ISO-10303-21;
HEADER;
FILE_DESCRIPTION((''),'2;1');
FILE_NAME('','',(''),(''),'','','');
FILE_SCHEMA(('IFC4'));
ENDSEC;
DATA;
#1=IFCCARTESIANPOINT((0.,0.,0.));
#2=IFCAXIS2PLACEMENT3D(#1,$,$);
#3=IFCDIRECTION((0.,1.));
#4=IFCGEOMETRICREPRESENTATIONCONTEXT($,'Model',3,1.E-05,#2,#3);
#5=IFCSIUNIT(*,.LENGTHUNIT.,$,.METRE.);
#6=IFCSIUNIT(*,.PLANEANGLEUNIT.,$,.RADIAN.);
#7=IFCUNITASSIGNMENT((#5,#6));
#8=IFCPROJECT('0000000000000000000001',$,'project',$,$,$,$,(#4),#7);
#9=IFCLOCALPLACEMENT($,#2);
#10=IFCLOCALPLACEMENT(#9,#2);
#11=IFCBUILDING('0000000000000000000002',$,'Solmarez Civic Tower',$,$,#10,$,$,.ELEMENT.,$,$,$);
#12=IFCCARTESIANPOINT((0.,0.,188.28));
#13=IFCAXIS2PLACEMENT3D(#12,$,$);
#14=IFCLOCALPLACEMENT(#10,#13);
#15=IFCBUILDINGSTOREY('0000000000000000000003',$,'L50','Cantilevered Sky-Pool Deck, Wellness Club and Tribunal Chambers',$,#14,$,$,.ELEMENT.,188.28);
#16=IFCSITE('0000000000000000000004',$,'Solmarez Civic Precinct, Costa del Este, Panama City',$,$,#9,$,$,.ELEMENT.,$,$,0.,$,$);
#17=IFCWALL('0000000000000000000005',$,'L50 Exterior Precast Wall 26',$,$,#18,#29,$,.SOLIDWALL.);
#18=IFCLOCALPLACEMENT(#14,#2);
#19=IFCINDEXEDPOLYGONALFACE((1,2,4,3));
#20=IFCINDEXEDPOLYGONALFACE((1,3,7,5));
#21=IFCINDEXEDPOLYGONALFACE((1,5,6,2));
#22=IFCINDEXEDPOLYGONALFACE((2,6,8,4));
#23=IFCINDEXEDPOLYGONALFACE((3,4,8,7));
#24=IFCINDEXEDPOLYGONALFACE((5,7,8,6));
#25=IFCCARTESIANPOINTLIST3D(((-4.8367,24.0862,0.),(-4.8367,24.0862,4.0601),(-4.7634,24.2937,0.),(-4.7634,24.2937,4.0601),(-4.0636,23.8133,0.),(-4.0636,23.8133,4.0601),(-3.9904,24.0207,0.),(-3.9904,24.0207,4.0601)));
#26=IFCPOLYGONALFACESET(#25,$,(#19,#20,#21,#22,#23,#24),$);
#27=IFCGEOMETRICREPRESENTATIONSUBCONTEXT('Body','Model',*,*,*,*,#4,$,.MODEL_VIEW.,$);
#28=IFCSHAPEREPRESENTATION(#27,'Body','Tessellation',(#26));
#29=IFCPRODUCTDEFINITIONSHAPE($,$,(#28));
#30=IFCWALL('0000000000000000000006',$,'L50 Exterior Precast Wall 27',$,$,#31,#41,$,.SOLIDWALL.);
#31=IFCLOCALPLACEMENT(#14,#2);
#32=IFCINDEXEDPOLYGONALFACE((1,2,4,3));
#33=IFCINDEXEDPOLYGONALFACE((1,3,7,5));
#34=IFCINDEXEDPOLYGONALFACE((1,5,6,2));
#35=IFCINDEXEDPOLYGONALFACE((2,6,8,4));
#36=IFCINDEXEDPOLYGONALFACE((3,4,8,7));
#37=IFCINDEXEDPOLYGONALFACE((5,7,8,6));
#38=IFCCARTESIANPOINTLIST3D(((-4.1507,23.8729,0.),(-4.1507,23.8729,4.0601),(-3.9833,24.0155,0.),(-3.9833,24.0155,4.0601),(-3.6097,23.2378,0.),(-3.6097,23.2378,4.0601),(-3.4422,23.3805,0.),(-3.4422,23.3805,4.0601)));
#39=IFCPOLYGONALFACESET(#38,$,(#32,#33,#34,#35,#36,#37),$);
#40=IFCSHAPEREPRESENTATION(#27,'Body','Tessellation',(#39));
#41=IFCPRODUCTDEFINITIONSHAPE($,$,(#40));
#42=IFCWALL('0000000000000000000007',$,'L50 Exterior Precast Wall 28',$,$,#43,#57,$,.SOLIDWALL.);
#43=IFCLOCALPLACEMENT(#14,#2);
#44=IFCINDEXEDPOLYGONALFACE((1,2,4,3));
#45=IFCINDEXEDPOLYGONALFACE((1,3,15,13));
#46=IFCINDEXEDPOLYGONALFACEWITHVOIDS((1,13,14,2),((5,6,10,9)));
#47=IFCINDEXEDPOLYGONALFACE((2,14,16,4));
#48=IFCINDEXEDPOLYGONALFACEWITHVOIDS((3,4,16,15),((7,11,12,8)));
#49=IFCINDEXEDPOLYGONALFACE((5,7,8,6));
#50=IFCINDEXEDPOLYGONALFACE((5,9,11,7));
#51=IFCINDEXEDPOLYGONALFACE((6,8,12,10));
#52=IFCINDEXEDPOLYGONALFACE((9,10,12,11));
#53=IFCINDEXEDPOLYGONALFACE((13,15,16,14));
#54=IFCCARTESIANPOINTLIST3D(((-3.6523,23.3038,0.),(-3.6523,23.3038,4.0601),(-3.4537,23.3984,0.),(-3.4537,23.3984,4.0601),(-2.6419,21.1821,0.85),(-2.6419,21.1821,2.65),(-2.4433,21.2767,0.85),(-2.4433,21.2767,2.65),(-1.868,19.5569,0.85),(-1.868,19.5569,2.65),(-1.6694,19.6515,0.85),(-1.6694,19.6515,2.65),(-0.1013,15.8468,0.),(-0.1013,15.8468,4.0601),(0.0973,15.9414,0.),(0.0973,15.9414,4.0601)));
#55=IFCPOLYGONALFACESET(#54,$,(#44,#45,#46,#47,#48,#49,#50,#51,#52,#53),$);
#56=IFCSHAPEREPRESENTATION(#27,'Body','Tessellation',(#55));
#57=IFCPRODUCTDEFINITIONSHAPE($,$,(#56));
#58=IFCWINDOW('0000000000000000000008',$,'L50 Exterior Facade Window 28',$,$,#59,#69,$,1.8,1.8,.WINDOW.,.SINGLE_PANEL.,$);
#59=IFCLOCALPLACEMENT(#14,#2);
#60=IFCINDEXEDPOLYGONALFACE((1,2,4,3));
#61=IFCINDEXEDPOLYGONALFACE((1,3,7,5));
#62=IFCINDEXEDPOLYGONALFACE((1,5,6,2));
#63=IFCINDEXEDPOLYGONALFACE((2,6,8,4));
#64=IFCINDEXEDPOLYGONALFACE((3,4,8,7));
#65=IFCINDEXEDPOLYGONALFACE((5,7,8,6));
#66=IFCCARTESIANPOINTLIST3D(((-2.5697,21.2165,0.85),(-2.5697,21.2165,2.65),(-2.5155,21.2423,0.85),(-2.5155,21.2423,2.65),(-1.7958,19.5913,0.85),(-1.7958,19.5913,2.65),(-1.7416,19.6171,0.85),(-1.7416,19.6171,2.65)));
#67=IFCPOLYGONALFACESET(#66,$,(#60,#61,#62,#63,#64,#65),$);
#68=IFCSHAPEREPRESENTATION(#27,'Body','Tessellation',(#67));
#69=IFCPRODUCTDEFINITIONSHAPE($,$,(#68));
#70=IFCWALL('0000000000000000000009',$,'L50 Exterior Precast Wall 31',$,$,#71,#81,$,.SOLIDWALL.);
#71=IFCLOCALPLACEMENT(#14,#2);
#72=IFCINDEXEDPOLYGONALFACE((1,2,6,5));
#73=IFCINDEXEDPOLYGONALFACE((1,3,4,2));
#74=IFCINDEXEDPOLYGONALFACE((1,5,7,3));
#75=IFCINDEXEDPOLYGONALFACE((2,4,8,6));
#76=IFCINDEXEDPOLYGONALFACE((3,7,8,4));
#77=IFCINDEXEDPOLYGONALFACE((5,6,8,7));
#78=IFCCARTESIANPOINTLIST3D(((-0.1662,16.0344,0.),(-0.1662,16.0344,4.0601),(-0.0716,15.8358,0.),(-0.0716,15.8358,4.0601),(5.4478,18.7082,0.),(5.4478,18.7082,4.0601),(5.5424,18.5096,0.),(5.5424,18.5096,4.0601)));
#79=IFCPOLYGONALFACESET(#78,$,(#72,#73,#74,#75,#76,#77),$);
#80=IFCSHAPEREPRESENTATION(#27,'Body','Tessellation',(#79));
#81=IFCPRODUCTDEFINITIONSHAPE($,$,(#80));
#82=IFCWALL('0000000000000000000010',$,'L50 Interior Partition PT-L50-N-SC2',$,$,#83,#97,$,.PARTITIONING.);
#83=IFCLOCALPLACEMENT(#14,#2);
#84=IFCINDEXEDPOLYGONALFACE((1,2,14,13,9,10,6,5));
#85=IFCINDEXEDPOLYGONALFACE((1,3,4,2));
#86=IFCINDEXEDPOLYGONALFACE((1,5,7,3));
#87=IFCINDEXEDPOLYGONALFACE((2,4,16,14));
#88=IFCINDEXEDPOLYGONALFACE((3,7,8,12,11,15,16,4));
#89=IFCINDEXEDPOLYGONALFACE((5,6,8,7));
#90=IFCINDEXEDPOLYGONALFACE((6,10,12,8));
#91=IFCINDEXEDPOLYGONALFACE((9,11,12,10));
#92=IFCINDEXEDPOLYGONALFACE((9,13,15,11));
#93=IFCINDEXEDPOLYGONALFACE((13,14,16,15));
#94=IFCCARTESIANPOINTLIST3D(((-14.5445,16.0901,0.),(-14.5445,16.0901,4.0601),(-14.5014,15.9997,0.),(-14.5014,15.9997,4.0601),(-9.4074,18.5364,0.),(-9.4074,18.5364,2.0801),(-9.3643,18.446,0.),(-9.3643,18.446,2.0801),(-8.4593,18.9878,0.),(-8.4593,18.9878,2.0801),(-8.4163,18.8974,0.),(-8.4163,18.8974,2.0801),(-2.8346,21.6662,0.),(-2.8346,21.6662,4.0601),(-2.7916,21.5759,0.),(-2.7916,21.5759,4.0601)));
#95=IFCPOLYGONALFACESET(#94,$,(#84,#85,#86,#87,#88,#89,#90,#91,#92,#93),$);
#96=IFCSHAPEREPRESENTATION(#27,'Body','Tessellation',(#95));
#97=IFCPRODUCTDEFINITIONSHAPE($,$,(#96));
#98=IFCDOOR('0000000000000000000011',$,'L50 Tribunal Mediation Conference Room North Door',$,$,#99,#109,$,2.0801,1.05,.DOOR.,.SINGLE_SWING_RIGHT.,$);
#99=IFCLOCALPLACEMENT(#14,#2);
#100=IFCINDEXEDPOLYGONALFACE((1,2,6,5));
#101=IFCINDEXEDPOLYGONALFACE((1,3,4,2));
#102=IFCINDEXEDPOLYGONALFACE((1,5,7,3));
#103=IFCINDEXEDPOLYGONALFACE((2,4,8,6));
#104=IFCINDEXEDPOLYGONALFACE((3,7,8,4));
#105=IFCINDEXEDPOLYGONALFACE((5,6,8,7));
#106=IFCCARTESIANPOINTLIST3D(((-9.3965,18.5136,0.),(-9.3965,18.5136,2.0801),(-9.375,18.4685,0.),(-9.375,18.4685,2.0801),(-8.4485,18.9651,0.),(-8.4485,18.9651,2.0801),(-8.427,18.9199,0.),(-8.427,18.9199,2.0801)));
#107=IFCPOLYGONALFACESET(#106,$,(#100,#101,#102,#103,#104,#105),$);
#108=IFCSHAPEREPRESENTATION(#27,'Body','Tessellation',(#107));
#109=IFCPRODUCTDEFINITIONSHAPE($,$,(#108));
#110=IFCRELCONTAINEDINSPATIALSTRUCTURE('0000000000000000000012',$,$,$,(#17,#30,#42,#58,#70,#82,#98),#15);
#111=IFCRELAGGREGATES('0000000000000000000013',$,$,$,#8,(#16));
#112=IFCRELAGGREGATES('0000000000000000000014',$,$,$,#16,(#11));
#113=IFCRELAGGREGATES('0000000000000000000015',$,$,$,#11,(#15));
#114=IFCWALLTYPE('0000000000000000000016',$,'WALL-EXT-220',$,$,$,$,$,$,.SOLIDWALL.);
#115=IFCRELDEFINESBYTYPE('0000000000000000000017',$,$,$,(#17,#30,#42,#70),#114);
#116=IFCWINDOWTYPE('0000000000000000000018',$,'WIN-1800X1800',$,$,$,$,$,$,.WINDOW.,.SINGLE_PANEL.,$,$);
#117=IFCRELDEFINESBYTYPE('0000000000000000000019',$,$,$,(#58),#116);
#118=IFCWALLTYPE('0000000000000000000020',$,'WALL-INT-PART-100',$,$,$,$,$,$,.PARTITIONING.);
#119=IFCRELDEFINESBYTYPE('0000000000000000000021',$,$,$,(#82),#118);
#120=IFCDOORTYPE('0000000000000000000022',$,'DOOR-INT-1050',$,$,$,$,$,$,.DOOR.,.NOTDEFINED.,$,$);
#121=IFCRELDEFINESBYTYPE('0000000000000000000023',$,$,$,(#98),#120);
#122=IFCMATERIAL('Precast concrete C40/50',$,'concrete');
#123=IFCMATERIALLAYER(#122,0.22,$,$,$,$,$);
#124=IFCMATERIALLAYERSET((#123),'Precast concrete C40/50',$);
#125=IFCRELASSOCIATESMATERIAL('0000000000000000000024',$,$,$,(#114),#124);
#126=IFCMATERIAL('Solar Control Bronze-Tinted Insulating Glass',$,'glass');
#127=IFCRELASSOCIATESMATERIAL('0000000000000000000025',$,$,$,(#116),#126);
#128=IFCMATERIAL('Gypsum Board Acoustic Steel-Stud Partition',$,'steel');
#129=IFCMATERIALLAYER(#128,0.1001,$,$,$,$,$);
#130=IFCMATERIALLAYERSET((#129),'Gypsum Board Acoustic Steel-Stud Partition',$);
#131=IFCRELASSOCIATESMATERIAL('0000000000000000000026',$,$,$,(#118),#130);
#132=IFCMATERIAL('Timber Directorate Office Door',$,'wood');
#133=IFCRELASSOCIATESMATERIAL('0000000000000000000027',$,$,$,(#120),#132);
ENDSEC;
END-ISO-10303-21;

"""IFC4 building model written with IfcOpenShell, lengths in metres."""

from ifc_helpers import new_model, si_unit, direction, frame, frame_2d, origin, place, context, subcontext, project, spatial, rectangle, extrude, material, layer, layer_set, type_object, element, fill, save


model = new_model("IFC4")

# Units and contexts
model_context = context("Model", 3, precision=1e-05, world=origin(), true_north=direction((0.0, 1.0)))
body_context = subcontext(model_context, "Body", "Model", "MODEL_VIEW")
ifc_project = project(units=[si_unit("LENGTHUNIT", "METRE"), si_unit("PLANEANGLEUNIT", "RADIAN")], contexts=[model_context])

# Site, building, storey
site_placement = place(None, origin())
site = spatial("IfcSite", under=ifc_project, at=site_placement, Name="Solmarez Civic Precinct, Costa del Este, Panama City", CompositionType="ELEMENT", RefElevation=0.0)
building_placement = place(site_placement, origin())
building = spatial("IfcBuilding", under=site, at=building_placement, Name="Solmarez Civic Tower", CompositionType="ELEMENT")
storey_placement = place(building_placement, frame((0.0, 0.0, 188.28)))
storey = spatial("IfcBuildingStorey", under=building, at=storey_placement, Name="L50", Description="Cantilevered Sky-Pool Deck, Wellness Club and Tribunal Chambers", CompositionType="ELEMENT", Elevation=188.28)

# Shared definitions
ifc_material_1 = material(Name="Precast concrete C40/50", Category="concrete")
ifc_layer_1 = layer(ifc_material_1, 0.22)
ifc_layer_set_1 = layer_set([ifc_layer_1], Name="Precast concrete C40/50")
wall_type_1 = type_object("IfcWallType", Name="WALL-EXT-220", PredefinedType="SOLIDWALL", material=ifc_layer_set_1)

# Shared definitions
ifc_material_2 = material(Name="Solar Control Bronze-Tinted Insulating Glass", Category="glass")

# Walls
wall_1_placement = place(storey_placement, frame((-4.8, 24.1899, 0.0), z_axis=(0.0, 0.0, 1.0), x_axis=(0.942935, -0.332976, 0.0)))
element("IfcWall", 1, at=wall_1_placement, inside=storey, type_object=wall_type_1, Name="L50 Exterior Precast Wall 26", PredefinedType="SOLIDWALL", context=body_context, shape_type="SweptSolid", body=[
    extrude(rectangle(XDim=0.8198, YDim=0.22, at=frame_2d((0.4099, 0.0))), origin(), (0.0, 0.0, 1.0), 4.0601),
])
wall_2_placement = place(storey_placement, frame((-4.0669, 23.9441, 0.0), z_axis=(0.0, 0.0, 1.0), x_axis=(0.648523, -0.761195, 0.0)))
element("IfcWall", 2, at=wall_2_placement, inside=storey, type_object=wall_type_1, Name="L50 Exterior Precast Wall 27", PredefinedType="SOLIDWALL", context=body_context, shape_type="SweptSolid", body=[
    extrude(rectangle(XDim=0.8342, YDim=0.22, at=frame_2d((0.417, 0.0))), origin(), (0.0, 0.0, 1.0), 4.0601),
])

# Wall, opening, window
wall_3_placement = place(storey_placement, frame((-3.553, 23.3511, 0.0), z_axis=(0.0, 0.0, 1.0), x_axis=(0.429939, -0.902858, 0.0)))
wall_3 = element("IfcWall", 3, at=wall_3_placement, inside=storey, type_object=wall_type_1, Name="L50 Exterior Precast Wall 28", PredefinedType="SOLIDWALL", context=body_context, shape_type="SweptSolid", body=[
    extrude(rectangle(XDim=8.2593, YDim=0.22, at=frame_2d((4.1296, 0.0))), origin(), (0.0, 0.0, 1.0), 4.0601),
])
opening_1_placement = place(wall_3_placement, frame((2.3501, 0.0, 0.8501)))
opening_1 = element("IfcOpeningElement", 4, at=opening_1_placement, cuts=wall_3, PredefinedType="OPENING", context=body_context, shape_type="SweptSolid", body=[
    extrude(rectangle(XDim=1.8, YDim=1.8, at=frame_2d((0.8999, 0.8999))), frame((0.0, 0.1199, 0.0), z_axis=(0.0, -1.0, 0.0), x_axis=(1.0, 0.0, 0.0)), (0.0, 0.0, 1.0), 0.24),
])
window_type_1 = type_object("IfcWindowType", Name="WIN-1800X1800", PartitioningType="SINGLE_PANEL", PredefinedType="WINDOW", material=ifc_material_2)
window_1_placement = place(opening_1_placement, origin())
window_1 = element("IfcWindow", 5, at=window_1_placement, inside=storey, type_object=window_type_1, Name="L50 Exterior Facade Window 28", OverallHeight=1.8, OverallWidth=1.8, PartitioningType="SINGLE_PANEL", PredefinedType="WINDOW", context=body_context, shape_type="SweptSolid", body=[
    extrude(rectangle(XDim=1.8, YDim=1.8, at=frame_2d((0.8999, 0.8999))), frame((0.0, 0.03, 0.0), z_axis=(0.0, -1.0, 0.0), x_axis=(1.0, 0.0, 0.0)), (0.0, 0.0, 1.0), 0.0601),
])
fill(opening_1, window_1)

# Wall
wall_4_placement = place(storey_placement, frame((-0.1189, 15.9351, 0.0), z_axis=(0.0, 0.0, 1.0), x_axis=(0.90283, 0.429998, 0.0)))
element("IfcWall", 6, at=wall_4_placement, inside=storey, type_object=wall_type_1, Name="L50 Exterior Precast Wall 31", PredefinedType="SOLIDWALL", context=body_context, shape_type="SweptSolid", body=[
    extrude(rectangle(XDim=6.2183, YDim=0.22, at=frame_2d((3.1091, 0.0))), origin(), (0.0, 0.0, 1.0), 4.0601),
])

# Wall, opening, door
ifc_material_3 = material(Name="Gypsum Board Acoustic Steel-Stud Partition", Category="steel")
ifc_layer_2 = layer(ifc_material_3, 0.1001)
ifc_layer_set_2 = layer_set([ifc_layer_2], Name="Gypsum Board Acoustic Steel-Stud Partition")
wall_type_2 = type_object("IfcWallType", Name="WALL-INT-PART-100", PredefinedType="PARTITIONING", material=ifc_layer_set_2)
wall_5_placement = place(storey_placement, frame((-14.5229, 16.0449, 0.0), z_axis=(0.0, 0.0, 1.0), x_axis=(0.902861, 0.429934, 0.0)))
wall_5 = element("IfcWall", 7, at=wall_5_placement, inside=storey, type_object=wall_type_2, Name="L50 Interior Partition PT-L50-N-SC2", PredefinedType="PARTITIONING", context=body_context, shape_type="SweptSolid", body=[
    extrude(rectangle(XDim=12.9697, YDim=0.1001, at=frame_2d((6.4849, 0.0))), origin(), (0.0, 0.0, 1.0), 4.0601),
])
opening_2_placement = place(wall_5_placement, frame((5.6899, 0.0, 0.0)))
opening_2 = element("IfcOpeningElement", 8, at=opening_2_placement, cuts=wall_5, PredefinedType="OPENING", context=body_context, shape_type="SweptSolid", body=[
    extrude(rectangle(XDim=1.05, YDim=2.0801, at=frame_2d((0.5249, 1.04))), frame((0.0, 0.0601, 0.0), z_axis=(0.0, -1.0, 0.0), x_axis=(1.0, 0.0, 0.0)), (0.0, 0.0, 1.0), 0.1201),
])
ifc_material_4 = material(Name="Timber Directorate Office Door", Category="wood")
door_type = type_object("IfcDoorType", Name="DOOR-INT-1050", OperationType="NOTDEFINED", PredefinedType="DOOR", material=ifc_material_4)
door_placement = place(opening_2_placement, origin())
door = element("IfcDoor", 9, at=door_placement, inside=storey, type_object=door_type, Name="L50 Tribunal Mediation Conference Room North Door", OperationType="SINGLE_SWING_RIGHT", OverallHeight=2.0801, OverallWidth=1.05, PredefinedType="DOOR", context=body_context, shape_type="SweptSolid", body=[
    extrude(rectangle(XDim=1.05, YDim=2.0801, at=frame_2d((0.5249, 1.04))), frame((0.0, 0.0249, 0.0), z_axis=(0.0, -1.0, 0.0), x_axis=(1.0, 0.0, 0.0)), (0.0, 0.0, 1.0), 0.05),
])
fill(opening_2, door)

save(model, "model.ifc")
